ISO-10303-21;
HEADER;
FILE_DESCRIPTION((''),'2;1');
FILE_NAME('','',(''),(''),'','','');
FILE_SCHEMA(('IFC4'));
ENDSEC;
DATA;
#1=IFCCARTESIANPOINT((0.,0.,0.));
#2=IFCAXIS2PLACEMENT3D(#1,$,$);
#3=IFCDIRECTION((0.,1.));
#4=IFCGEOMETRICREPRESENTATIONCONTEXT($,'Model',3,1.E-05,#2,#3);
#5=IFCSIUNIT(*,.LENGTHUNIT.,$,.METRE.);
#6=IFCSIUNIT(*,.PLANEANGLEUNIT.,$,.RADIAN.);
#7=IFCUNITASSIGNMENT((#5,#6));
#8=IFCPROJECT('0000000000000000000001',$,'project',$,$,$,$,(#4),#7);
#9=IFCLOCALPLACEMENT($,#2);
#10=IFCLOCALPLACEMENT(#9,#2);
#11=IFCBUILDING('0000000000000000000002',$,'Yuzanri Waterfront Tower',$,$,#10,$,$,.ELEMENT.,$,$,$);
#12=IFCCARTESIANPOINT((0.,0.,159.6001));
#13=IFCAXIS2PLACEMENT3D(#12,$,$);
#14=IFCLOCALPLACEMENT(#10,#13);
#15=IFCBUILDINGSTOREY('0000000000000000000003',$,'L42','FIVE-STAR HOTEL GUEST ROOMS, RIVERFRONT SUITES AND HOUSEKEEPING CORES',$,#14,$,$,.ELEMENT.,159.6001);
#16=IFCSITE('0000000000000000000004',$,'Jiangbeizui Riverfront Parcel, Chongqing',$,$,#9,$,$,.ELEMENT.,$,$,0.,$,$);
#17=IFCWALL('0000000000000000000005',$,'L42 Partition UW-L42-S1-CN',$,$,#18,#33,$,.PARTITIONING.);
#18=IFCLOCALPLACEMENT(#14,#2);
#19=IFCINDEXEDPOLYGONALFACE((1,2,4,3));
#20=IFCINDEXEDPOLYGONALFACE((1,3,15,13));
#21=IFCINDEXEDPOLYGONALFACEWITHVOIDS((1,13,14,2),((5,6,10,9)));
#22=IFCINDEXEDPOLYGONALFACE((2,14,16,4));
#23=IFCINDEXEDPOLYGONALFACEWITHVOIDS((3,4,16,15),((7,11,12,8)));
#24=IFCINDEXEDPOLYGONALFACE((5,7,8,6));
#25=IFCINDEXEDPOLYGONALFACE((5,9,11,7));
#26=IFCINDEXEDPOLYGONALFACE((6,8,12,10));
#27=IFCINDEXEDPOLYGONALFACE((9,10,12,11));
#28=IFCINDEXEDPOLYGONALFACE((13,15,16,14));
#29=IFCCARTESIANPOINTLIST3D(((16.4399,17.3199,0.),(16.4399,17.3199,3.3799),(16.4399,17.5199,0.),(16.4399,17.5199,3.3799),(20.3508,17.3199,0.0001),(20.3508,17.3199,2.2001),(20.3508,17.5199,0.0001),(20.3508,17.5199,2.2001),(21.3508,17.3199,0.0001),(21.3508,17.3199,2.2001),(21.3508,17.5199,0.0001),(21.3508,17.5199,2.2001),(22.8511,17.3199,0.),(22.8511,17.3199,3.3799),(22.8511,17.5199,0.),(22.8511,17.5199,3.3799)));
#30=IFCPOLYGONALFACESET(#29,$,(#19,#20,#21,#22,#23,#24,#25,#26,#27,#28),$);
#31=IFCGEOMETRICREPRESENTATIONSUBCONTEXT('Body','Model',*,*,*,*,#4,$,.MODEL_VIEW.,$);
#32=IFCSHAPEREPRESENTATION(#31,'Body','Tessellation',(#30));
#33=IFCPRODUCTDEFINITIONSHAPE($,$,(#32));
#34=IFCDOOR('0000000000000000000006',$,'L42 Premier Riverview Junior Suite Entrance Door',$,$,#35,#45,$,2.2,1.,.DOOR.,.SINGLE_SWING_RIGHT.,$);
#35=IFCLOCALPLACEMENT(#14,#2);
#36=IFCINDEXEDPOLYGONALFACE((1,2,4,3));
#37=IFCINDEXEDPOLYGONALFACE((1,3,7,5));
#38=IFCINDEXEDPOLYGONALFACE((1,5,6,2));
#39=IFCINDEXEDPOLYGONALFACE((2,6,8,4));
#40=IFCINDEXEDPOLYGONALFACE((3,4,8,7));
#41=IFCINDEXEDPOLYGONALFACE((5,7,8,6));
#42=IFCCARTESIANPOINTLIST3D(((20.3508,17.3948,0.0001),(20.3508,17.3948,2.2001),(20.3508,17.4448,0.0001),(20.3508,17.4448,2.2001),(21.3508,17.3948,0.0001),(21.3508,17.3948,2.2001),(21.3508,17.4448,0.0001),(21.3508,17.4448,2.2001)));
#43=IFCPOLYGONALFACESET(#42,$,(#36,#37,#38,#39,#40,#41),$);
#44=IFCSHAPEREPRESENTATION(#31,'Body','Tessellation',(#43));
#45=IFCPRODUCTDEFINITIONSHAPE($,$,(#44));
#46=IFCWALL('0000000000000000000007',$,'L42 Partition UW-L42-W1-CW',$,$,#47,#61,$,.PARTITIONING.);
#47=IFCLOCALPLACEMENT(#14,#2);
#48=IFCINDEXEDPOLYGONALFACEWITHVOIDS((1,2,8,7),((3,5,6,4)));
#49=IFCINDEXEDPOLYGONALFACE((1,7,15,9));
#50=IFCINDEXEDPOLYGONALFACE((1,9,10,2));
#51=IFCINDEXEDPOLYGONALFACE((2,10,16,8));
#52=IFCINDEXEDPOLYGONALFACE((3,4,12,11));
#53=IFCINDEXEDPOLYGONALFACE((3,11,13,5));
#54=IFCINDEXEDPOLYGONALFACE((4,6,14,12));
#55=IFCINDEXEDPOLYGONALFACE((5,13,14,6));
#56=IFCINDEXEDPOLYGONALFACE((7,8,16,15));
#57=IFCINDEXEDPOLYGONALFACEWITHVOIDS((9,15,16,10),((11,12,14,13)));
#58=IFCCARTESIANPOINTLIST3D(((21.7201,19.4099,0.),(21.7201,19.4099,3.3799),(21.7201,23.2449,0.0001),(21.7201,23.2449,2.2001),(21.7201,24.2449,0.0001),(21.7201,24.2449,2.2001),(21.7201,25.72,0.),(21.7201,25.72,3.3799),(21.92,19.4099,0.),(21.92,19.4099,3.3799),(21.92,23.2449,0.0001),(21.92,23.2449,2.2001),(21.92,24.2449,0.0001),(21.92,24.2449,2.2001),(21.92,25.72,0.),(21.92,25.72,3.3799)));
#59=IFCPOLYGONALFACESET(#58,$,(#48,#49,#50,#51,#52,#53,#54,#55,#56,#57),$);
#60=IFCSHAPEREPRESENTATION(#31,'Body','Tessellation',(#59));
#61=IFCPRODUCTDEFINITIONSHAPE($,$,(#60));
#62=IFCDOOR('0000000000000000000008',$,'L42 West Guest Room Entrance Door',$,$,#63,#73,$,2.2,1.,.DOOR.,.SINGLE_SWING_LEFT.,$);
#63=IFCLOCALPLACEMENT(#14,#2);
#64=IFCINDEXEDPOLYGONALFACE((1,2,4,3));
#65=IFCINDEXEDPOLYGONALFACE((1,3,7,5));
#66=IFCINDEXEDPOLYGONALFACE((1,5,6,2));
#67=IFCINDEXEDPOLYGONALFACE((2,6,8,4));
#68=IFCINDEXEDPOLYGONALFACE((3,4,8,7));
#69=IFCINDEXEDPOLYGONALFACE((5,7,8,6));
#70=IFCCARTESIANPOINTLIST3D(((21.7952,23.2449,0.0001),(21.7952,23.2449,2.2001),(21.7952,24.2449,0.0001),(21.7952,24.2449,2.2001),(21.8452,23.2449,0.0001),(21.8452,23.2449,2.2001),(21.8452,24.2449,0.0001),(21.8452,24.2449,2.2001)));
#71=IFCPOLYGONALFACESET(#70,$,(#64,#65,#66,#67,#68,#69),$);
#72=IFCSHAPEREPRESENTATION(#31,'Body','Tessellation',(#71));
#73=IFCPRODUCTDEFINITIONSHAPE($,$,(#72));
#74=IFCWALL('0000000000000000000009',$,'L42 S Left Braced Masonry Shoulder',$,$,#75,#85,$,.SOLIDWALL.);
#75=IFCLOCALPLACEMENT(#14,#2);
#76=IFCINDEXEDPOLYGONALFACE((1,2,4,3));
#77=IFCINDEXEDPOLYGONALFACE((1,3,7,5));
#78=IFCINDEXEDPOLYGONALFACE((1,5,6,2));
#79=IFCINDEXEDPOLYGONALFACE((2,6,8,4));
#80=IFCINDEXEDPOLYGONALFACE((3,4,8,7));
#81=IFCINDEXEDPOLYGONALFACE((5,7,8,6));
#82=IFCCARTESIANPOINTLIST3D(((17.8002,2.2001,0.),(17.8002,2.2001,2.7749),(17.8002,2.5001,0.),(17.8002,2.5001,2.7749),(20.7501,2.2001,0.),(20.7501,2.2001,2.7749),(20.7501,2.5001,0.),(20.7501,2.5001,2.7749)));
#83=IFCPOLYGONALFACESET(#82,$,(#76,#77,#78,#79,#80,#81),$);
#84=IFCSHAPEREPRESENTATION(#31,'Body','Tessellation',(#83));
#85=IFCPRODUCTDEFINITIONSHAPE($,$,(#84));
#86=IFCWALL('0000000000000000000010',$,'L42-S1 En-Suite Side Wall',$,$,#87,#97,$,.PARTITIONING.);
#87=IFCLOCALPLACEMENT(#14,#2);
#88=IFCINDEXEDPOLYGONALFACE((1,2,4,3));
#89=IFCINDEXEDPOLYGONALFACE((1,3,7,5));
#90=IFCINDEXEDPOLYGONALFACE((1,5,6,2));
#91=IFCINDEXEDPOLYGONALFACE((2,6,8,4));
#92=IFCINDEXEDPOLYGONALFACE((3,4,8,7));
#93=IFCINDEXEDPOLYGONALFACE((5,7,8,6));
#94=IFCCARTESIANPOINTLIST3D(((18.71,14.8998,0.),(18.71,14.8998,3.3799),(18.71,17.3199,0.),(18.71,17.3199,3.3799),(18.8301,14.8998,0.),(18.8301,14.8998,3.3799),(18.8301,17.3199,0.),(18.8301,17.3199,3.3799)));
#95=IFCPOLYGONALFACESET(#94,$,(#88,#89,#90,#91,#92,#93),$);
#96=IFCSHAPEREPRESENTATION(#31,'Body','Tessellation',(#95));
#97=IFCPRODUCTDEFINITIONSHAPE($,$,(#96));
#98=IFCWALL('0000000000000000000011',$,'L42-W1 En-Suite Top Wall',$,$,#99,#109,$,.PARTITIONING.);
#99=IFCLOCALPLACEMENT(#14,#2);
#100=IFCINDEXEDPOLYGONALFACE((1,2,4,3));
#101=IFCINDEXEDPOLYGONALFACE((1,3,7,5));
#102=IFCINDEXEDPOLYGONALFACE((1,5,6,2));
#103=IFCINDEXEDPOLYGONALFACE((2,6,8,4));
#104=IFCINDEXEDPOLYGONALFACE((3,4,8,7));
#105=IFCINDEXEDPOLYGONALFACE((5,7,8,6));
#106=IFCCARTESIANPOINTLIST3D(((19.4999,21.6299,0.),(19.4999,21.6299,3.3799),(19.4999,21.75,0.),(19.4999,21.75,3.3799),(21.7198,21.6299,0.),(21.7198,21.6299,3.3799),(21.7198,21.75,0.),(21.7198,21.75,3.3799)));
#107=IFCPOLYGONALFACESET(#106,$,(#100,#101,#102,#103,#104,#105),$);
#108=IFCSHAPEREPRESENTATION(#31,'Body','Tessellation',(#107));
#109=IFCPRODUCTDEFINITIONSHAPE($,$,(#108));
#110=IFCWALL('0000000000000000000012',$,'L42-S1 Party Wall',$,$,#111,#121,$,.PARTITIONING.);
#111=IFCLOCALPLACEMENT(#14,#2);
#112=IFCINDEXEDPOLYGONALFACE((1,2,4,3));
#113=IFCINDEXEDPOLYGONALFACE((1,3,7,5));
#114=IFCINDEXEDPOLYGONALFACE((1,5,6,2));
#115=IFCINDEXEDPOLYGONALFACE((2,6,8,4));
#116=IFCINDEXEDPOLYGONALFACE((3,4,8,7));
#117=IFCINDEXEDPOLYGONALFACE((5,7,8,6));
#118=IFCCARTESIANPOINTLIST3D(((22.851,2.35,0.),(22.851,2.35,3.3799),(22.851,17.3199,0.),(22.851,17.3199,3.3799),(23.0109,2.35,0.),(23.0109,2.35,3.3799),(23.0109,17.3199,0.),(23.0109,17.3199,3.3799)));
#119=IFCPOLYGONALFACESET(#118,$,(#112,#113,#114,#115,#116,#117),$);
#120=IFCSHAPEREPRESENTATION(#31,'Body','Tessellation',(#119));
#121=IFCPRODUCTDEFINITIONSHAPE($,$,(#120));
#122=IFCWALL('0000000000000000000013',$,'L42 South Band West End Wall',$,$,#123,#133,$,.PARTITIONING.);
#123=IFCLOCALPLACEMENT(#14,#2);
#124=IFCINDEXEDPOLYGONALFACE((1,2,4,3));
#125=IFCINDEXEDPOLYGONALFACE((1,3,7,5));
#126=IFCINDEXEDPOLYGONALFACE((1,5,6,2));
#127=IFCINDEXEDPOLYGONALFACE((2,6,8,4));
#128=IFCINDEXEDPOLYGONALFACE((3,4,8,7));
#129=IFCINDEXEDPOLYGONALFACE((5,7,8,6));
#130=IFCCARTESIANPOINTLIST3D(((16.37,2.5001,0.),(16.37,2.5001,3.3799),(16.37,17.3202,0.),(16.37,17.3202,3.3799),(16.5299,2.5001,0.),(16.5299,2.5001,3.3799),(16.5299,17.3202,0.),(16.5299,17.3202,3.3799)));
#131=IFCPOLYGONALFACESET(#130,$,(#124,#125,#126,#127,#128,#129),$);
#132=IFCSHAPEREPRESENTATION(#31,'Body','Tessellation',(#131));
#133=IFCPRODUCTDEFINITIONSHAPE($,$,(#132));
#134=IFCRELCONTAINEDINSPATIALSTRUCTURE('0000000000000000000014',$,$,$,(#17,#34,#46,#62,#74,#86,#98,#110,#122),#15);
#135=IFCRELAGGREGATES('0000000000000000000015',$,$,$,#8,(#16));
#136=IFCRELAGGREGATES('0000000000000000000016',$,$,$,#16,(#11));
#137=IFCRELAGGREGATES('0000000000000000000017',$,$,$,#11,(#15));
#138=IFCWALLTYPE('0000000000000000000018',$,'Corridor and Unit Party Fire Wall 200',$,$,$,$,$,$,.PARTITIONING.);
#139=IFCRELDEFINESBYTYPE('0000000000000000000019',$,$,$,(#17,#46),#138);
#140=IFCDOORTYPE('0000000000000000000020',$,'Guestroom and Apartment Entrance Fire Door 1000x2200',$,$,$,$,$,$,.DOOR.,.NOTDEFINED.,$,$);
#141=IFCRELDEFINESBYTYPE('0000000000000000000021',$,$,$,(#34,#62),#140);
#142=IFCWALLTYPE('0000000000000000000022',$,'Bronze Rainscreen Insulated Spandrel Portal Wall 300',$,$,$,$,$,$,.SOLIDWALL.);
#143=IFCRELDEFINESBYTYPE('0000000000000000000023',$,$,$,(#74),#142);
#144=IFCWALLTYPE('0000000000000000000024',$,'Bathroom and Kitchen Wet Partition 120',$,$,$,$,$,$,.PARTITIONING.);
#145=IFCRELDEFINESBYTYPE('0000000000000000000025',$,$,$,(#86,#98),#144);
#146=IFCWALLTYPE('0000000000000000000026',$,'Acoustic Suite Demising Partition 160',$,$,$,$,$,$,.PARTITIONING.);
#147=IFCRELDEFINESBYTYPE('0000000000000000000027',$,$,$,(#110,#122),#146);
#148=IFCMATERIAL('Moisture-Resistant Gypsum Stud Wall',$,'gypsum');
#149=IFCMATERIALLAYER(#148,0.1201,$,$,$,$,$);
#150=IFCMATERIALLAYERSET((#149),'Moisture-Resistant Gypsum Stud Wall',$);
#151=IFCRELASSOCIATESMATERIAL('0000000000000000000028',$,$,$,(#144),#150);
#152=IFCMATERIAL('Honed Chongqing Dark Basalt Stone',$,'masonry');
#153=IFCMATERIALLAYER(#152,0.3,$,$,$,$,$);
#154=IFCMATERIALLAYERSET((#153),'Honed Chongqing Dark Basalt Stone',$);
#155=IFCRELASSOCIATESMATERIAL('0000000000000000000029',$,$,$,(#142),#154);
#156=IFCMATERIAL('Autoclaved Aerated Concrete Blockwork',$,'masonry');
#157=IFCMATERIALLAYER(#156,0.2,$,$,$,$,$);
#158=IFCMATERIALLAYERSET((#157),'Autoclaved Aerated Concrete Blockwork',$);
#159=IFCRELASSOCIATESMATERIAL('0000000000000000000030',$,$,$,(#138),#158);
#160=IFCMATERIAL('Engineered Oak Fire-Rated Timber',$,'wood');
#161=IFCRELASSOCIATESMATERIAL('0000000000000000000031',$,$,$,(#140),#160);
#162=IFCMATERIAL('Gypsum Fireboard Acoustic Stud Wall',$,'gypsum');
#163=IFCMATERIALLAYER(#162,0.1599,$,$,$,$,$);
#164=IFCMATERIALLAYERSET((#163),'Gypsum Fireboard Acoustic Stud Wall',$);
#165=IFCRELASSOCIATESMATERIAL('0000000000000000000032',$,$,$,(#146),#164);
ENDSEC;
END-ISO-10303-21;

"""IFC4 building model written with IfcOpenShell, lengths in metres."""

from ifc_helpers import new_model, si_unit, direction, frame, frame_2d, origin, place, context, subcontext, project, spatial, rectangle, extrude, source, transform, mapped, material, layer, layer_set, type_object, element, fill, save


model = new_model("IFC4")

# Units and contexts
model_context = context("Model", 3, precision=1e-05, world=origin(), true_north=direction((0.0, 1.0)))
body_context = subcontext(model_context, "Body", "Model", "MODEL_VIEW")
ifc_project = project(units=[si_unit("LENGTHUNIT", "METRE"), si_unit("PLANEANGLEUNIT", "RADIAN")], contexts=[model_context])

# Site, building, storey
site_placement = place(None, origin())
site = spatial("IfcSite", under=ifc_project, at=site_placement, Name="Jiangbeizui Riverfront Parcel, Chongqing", CompositionType="ELEMENT", RefElevation=0.0)
building_placement = place(site_placement, origin())
building = spatial("IfcBuilding", under=site, at=building_placement, Name="Yuzanri Waterfront Tower", CompositionType="ELEMENT")
storey_placement = place(building_placement, frame((0.0, 0.0, 159.6001)))
storey = spatial("IfcBuildingStorey", under=building, at=storey_placement, Name="L42", Description="FIVE-STAR HOTEL GUEST ROOMS, RIVERFRONT SUITES AND HOUSEKEEPING CORES", CompositionType="ELEMENT", Elevation=159.6001)

# Shared definitions
ifc_material_1 = material(Name="Moisture-Resistant Gypsum Stud Wall", Category="gypsum")
ifc_layer_1 = layer(ifc_material_1, 0.1201)
ifc_layer_set_1 = layer_set([ifc_layer_1], Name="Moisture-Resistant Gypsum Stud Wall")
wall_type_1 = type_object("IfcWallType", Name="Bathroom and Kitchen Wet Partition 120", PredefinedType="PARTITIONING", material=ifc_layer_set_1)

# Shared definitions
ifc_material_2 = material(Name="Honed Chongqing Dark Basalt Stone", Category="masonry")
ifc_layer_2 = layer(ifc_material_2, 0.3)
ifc_layer_set_2 = layer_set([ifc_layer_2], Name="Honed Chongqing Dark Basalt Stone")
wall_type_2 = type_object("IfcWallType", Name="Bronze Rainscreen Insulated Spandrel Portal Wall 300", PredefinedType="SOLIDWALL", material=ifc_layer_set_2)

# Walls, openings, doors
ifc_material_3 = material(Name="Autoclaved Aerated Concrete Blockwork", Category="masonry")
ifc_layer_3 = layer(ifc_material_3, 0.2)
ifc_layer_set_3 = layer_set([ifc_layer_3], Name="Autoclaved Aerated Concrete Blockwork")
wall_type_3 = type_object("IfcWallType", Name="Corridor and Unit Party Fire Wall 200", PredefinedType="PARTITIONING", material=ifc_layer_set_3)
wall_1_placement = place(storey_placement, frame((16.4399, 17.4199, 0.0), z_axis=(0.0, 0.0, 1.0), x_axis=(1.0, 0.0, 0.0)))
wall_1 = element("IfcWall", 1, at=wall_1_placement, inside=storey, type_object=wall_type_3, Name="L42 Partition UW-L42-S1-CN", PredefinedType="PARTITIONING", context=body_context, shape_type="SweptSolid", body=[
    extrude(rectangle(XDim=6.4111, YDim=0.2, at=frame_2d((3.2056, 0.0))), origin(), (0.0, 0.0, 1.0), 3.3799),
])
opening_1_placement = place(wall_1_placement, frame((3.9109, 0.0, 0.0)))
opening_1 = element("IfcOpeningElement", 2, at=opening_1_placement, cuts=wall_1, PredefinedType="OPENING", context=body_context, shape_type="SweptSolid", body=[
    extrude(rectangle(XDim=1.0, YDim=2.2, at=frame_2d((0.5, 1.1001))), frame((0.0, 0.1147, 0.0), z_axis=(0.0, -1.0, 0.0), x_axis=(1.0, 0.0, 0.0)), (0.0, 0.0, 1.0), 0.2297),
])
ifc_material_4 = material(Name="Engineered Oak Fire-Rated Timber", Category="wood")
door_type_1 = type_object("IfcDoorType", Name="Guestroom and Apartment Entrance Fire Door 1000x2200", OperationType="NOTDEFINED", PredefinedType="DOOR", material=ifc_material_4)
shared_shape_1 = source(origin(), body_context, "Body", "SweptSolid", [
    extrude(rectangle(XDim=1.0, YDim=2.2, at=frame_2d((0.5, 1.1001))), frame((0.0, 0.0249, 0.0), z_axis=(0.0, -1.0, 0.0), x_axis=(1.0, 0.0, 0.0)), (0.0, 0.0, 1.0), 0.05),
])
door_1_placement = place(opening_1_placement, origin())
door_1 = element("IfcDoor", 3, at=door_1_placement, inside=storey, type_object=door_type_1, Name="L42 Premier Riverview Junior Suite Entrance Door", OperationType="SINGLE_SWING_RIGHT", OverallHeight=2.2, OverallWidth=1.0, PredefinedType="DOOR", context=body_context, shape_type="MappedRepresentation", body=[
    mapped(shared_shape_1, transform((0.0, 0.0, 0.0), scale=1.0)),
])
fill(opening_1, door_1)
wall_2_placement = place(storey_placement, frame((21.8201, 19.4099, 0.0), z_axis=(0.0, 0.0, 1.0), x_axis=(0.0, 1.0, 0.0)))
wall_2 = element("IfcWall", 4, at=wall_2_placement, inside=storey, type_object=wall_type_3, Name="L42 Partition UW-L42-W1-CW", PredefinedType="PARTITIONING", context=body_context, shape_type="SweptSolid", body=[
    extrude(rectangle(XDim=6.3101, YDim=0.2, at=frame_2d((3.155, 0.0))), origin(), (0.0, 0.0, 1.0), 3.3799),
])
opening_2_placement = place(wall_2_placement, frame((3.835, 0.0, 0.0)))
opening_2 = element("IfcOpeningElement", 5, at=opening_2_placement, cuts=wall_2, PredefinedType="OPENING", context=body_context, shape_type="SweptSolid", body=[
    extrude(rectangle(XDim=1.0, YDim=2.2, at=frame_2d((0.5, 1.1001))), frame((0.0, 0.1147, 0.0), z_axis=(0.0, -1.0, 0.0), x_axis=(1.0, 0.0, 0.0)), (0.0, 0.0, 1.0), 0.2297),
])
door_2_placement = place(opening_2_placement, origin())
door_2 = element("IfcDoor", 6, at=door_2_placement, inside=storey, type_object=door_type_1, Name="L42 West Guest Room Entrance Door", OperationType="SINGLE_SWING_LEFT", OverallHeight=2.2, OverallWidth=1.0, PredefinedType="DOOR", context=body_context, shape_type="MappedRepresentation", body=[
    mapped(shared_shape_1, transform((0.0, 0.0, 0.0), scale=1.0)),
])
fill(opening_2, door_2)

# Walls
shared_shape_2 = source(origin(), body_context, "Body", "SweptSolid", [
    extrude(rectangle(XDim=2.95, YDim=0.3, at=frame_2d((1.4751, 0.0))), origin(), (0.0, 0.0, 1.0), 2.7749),
])
wall_3_placement = place(storey_placement, frame((17.8, 2.3501, 0.0), z_axis=(0.0, 0.0, 1.0), x_axis=(1.0, 0.0, 0.0)))
element("IfcWall", 7, at=wall_3_placement, inside=storey, type_object=wall_type_2, Name="L42 S Left Braced Masonry Shoulder", PredefinedType="SOLIDWALL", context=body_context, shape_type="MappedRepresentation", body=[
    mapped(shared_shape_2, transform((0.0, 0.0, 0.0), scale=1.0)),
])
shared_shape_3 = source(origin(), body_context, "Body", "SweptSolid", [
    extrude(rectangle(XDim=2.4202, YDim=0.1201, at=frame_2d((1.21, 0.0))), origin(), (0.0, 0.0, 1.0), 3.3799),
])
wall_4_placement = place(storey_placement, frame((18.77, 14.8999, 0.0), z_axis=(0.0, 0.0, 1.0), x_axis=(0.0, 1.0, 0.0)))
element("IfcWall", 8, at=wall_4_placement, inside=storey, type_object=wall_type_1, Name="L42-S1 En-Suite Side Wall", PredefinedType="PARTITIONING", context=body_context, shape_type="MappedRepresentation", body=[
    mapped(shared_shape_3, transform((0.0, 0.0, 0.0), scale=1.0)),
])
shared_shape_4 = source(origin(), body_context, "Body", "SweptSolid", [
    extrude(rectangle(XDim=2.22, YDim=0.1201, at=frame_2d((1.1099, 0.0))), origin(), (0.0, 0.0, 1.0), 3.3799),
])
wall_5_placement = place(storey_placement, frame((19.5, 21.6899, 0.0), z_axis=(0.0, 0.0, 1.0), x_axis=(1.0, 0.0, 0.0)))
element("IfcWall", 9, at=wall_5_placement, inside=storey, type_object=wall_type_1, Name="L42-W1 En-Suite Top Wall", PredefinedType="PARTITIONING", context=body_context, shape_type="MappedRepresentation", body=[
    mapped(shared_shape_4, transform((0.0, 0.0, 0.0), scale=1.0)),
])
ifc_material_5 = material(Name="Gypsum Fireboard Acoustic Stud Wall", Category="gypsum")
ifc_layer_4 = layer(ifc_material_5, 0.1599)
ifc_layer_set_4 = layer_set([ifc_layer_4], Name="Gypsum Fireboard Acoustic Stud Wall")
wall_type_4 = type_object("IfcWallType", Name="Acoustic Suite Demising Partition 160", PredefinedType="PARTITIONING", material=ifc_layer_set_4)
shared_shape_5 = source(origin(), body_context, "Body", "SweptSolid", [
    extrude(rectangle(XDim=14.97, YDim=0.1599, at=frame_2d((7.4849, 0.0))), origin(), (0.0, 0.0, 1.0), 3.3799),
])
wall_6_placement = place(storey_placement, frame((22.9309, 2.3501, 0.0), z_axis=(0.0, 0.0, 1.0), x_axis=(0.0, 1.0, 0.0)))
element("IfcWall", 10, at=wall_6_placement, inside=storey, type_object=wall_type_4, Name="L42-S1 Party Wall", PredefinedType="PARTITIONING", context=body_context, shape_type="MappedRepresentation", body=[
    mapped(shared_shape_5, transform((0.0, 0.0, 0.0), scale=1.0)),
])
shared_shape_6 = source(origin(), body_context, "Body", "SweptSolid", [
    extrude(rectangle(XDim=14.8201, YDim=0.1599, at=frame_2d((7.4102, 0.0))), origin(), (0.0, 0.0, 1.0), 3.3799),
])
wall_7_placement = place(storey_placement, frame((16.45, 2.5, 0.0), z_axis=(0.0, 0.0, 1.0), x_axis=(0.0, 1.0, 0.0)))
element("IfcWall", 11, at=wall_7_placement, inside=storey, type_object=wall_type_4, Name="L42 South Band West End Wall", PredefinedType="PARTITIONING", context=body_context, shape_type="MappedRepresentation", body=[
    mapped(shared_shape_6, transform((0.0, 0.0, 0.0), scale=1.0)),
])

save(model, "model.ifc")
